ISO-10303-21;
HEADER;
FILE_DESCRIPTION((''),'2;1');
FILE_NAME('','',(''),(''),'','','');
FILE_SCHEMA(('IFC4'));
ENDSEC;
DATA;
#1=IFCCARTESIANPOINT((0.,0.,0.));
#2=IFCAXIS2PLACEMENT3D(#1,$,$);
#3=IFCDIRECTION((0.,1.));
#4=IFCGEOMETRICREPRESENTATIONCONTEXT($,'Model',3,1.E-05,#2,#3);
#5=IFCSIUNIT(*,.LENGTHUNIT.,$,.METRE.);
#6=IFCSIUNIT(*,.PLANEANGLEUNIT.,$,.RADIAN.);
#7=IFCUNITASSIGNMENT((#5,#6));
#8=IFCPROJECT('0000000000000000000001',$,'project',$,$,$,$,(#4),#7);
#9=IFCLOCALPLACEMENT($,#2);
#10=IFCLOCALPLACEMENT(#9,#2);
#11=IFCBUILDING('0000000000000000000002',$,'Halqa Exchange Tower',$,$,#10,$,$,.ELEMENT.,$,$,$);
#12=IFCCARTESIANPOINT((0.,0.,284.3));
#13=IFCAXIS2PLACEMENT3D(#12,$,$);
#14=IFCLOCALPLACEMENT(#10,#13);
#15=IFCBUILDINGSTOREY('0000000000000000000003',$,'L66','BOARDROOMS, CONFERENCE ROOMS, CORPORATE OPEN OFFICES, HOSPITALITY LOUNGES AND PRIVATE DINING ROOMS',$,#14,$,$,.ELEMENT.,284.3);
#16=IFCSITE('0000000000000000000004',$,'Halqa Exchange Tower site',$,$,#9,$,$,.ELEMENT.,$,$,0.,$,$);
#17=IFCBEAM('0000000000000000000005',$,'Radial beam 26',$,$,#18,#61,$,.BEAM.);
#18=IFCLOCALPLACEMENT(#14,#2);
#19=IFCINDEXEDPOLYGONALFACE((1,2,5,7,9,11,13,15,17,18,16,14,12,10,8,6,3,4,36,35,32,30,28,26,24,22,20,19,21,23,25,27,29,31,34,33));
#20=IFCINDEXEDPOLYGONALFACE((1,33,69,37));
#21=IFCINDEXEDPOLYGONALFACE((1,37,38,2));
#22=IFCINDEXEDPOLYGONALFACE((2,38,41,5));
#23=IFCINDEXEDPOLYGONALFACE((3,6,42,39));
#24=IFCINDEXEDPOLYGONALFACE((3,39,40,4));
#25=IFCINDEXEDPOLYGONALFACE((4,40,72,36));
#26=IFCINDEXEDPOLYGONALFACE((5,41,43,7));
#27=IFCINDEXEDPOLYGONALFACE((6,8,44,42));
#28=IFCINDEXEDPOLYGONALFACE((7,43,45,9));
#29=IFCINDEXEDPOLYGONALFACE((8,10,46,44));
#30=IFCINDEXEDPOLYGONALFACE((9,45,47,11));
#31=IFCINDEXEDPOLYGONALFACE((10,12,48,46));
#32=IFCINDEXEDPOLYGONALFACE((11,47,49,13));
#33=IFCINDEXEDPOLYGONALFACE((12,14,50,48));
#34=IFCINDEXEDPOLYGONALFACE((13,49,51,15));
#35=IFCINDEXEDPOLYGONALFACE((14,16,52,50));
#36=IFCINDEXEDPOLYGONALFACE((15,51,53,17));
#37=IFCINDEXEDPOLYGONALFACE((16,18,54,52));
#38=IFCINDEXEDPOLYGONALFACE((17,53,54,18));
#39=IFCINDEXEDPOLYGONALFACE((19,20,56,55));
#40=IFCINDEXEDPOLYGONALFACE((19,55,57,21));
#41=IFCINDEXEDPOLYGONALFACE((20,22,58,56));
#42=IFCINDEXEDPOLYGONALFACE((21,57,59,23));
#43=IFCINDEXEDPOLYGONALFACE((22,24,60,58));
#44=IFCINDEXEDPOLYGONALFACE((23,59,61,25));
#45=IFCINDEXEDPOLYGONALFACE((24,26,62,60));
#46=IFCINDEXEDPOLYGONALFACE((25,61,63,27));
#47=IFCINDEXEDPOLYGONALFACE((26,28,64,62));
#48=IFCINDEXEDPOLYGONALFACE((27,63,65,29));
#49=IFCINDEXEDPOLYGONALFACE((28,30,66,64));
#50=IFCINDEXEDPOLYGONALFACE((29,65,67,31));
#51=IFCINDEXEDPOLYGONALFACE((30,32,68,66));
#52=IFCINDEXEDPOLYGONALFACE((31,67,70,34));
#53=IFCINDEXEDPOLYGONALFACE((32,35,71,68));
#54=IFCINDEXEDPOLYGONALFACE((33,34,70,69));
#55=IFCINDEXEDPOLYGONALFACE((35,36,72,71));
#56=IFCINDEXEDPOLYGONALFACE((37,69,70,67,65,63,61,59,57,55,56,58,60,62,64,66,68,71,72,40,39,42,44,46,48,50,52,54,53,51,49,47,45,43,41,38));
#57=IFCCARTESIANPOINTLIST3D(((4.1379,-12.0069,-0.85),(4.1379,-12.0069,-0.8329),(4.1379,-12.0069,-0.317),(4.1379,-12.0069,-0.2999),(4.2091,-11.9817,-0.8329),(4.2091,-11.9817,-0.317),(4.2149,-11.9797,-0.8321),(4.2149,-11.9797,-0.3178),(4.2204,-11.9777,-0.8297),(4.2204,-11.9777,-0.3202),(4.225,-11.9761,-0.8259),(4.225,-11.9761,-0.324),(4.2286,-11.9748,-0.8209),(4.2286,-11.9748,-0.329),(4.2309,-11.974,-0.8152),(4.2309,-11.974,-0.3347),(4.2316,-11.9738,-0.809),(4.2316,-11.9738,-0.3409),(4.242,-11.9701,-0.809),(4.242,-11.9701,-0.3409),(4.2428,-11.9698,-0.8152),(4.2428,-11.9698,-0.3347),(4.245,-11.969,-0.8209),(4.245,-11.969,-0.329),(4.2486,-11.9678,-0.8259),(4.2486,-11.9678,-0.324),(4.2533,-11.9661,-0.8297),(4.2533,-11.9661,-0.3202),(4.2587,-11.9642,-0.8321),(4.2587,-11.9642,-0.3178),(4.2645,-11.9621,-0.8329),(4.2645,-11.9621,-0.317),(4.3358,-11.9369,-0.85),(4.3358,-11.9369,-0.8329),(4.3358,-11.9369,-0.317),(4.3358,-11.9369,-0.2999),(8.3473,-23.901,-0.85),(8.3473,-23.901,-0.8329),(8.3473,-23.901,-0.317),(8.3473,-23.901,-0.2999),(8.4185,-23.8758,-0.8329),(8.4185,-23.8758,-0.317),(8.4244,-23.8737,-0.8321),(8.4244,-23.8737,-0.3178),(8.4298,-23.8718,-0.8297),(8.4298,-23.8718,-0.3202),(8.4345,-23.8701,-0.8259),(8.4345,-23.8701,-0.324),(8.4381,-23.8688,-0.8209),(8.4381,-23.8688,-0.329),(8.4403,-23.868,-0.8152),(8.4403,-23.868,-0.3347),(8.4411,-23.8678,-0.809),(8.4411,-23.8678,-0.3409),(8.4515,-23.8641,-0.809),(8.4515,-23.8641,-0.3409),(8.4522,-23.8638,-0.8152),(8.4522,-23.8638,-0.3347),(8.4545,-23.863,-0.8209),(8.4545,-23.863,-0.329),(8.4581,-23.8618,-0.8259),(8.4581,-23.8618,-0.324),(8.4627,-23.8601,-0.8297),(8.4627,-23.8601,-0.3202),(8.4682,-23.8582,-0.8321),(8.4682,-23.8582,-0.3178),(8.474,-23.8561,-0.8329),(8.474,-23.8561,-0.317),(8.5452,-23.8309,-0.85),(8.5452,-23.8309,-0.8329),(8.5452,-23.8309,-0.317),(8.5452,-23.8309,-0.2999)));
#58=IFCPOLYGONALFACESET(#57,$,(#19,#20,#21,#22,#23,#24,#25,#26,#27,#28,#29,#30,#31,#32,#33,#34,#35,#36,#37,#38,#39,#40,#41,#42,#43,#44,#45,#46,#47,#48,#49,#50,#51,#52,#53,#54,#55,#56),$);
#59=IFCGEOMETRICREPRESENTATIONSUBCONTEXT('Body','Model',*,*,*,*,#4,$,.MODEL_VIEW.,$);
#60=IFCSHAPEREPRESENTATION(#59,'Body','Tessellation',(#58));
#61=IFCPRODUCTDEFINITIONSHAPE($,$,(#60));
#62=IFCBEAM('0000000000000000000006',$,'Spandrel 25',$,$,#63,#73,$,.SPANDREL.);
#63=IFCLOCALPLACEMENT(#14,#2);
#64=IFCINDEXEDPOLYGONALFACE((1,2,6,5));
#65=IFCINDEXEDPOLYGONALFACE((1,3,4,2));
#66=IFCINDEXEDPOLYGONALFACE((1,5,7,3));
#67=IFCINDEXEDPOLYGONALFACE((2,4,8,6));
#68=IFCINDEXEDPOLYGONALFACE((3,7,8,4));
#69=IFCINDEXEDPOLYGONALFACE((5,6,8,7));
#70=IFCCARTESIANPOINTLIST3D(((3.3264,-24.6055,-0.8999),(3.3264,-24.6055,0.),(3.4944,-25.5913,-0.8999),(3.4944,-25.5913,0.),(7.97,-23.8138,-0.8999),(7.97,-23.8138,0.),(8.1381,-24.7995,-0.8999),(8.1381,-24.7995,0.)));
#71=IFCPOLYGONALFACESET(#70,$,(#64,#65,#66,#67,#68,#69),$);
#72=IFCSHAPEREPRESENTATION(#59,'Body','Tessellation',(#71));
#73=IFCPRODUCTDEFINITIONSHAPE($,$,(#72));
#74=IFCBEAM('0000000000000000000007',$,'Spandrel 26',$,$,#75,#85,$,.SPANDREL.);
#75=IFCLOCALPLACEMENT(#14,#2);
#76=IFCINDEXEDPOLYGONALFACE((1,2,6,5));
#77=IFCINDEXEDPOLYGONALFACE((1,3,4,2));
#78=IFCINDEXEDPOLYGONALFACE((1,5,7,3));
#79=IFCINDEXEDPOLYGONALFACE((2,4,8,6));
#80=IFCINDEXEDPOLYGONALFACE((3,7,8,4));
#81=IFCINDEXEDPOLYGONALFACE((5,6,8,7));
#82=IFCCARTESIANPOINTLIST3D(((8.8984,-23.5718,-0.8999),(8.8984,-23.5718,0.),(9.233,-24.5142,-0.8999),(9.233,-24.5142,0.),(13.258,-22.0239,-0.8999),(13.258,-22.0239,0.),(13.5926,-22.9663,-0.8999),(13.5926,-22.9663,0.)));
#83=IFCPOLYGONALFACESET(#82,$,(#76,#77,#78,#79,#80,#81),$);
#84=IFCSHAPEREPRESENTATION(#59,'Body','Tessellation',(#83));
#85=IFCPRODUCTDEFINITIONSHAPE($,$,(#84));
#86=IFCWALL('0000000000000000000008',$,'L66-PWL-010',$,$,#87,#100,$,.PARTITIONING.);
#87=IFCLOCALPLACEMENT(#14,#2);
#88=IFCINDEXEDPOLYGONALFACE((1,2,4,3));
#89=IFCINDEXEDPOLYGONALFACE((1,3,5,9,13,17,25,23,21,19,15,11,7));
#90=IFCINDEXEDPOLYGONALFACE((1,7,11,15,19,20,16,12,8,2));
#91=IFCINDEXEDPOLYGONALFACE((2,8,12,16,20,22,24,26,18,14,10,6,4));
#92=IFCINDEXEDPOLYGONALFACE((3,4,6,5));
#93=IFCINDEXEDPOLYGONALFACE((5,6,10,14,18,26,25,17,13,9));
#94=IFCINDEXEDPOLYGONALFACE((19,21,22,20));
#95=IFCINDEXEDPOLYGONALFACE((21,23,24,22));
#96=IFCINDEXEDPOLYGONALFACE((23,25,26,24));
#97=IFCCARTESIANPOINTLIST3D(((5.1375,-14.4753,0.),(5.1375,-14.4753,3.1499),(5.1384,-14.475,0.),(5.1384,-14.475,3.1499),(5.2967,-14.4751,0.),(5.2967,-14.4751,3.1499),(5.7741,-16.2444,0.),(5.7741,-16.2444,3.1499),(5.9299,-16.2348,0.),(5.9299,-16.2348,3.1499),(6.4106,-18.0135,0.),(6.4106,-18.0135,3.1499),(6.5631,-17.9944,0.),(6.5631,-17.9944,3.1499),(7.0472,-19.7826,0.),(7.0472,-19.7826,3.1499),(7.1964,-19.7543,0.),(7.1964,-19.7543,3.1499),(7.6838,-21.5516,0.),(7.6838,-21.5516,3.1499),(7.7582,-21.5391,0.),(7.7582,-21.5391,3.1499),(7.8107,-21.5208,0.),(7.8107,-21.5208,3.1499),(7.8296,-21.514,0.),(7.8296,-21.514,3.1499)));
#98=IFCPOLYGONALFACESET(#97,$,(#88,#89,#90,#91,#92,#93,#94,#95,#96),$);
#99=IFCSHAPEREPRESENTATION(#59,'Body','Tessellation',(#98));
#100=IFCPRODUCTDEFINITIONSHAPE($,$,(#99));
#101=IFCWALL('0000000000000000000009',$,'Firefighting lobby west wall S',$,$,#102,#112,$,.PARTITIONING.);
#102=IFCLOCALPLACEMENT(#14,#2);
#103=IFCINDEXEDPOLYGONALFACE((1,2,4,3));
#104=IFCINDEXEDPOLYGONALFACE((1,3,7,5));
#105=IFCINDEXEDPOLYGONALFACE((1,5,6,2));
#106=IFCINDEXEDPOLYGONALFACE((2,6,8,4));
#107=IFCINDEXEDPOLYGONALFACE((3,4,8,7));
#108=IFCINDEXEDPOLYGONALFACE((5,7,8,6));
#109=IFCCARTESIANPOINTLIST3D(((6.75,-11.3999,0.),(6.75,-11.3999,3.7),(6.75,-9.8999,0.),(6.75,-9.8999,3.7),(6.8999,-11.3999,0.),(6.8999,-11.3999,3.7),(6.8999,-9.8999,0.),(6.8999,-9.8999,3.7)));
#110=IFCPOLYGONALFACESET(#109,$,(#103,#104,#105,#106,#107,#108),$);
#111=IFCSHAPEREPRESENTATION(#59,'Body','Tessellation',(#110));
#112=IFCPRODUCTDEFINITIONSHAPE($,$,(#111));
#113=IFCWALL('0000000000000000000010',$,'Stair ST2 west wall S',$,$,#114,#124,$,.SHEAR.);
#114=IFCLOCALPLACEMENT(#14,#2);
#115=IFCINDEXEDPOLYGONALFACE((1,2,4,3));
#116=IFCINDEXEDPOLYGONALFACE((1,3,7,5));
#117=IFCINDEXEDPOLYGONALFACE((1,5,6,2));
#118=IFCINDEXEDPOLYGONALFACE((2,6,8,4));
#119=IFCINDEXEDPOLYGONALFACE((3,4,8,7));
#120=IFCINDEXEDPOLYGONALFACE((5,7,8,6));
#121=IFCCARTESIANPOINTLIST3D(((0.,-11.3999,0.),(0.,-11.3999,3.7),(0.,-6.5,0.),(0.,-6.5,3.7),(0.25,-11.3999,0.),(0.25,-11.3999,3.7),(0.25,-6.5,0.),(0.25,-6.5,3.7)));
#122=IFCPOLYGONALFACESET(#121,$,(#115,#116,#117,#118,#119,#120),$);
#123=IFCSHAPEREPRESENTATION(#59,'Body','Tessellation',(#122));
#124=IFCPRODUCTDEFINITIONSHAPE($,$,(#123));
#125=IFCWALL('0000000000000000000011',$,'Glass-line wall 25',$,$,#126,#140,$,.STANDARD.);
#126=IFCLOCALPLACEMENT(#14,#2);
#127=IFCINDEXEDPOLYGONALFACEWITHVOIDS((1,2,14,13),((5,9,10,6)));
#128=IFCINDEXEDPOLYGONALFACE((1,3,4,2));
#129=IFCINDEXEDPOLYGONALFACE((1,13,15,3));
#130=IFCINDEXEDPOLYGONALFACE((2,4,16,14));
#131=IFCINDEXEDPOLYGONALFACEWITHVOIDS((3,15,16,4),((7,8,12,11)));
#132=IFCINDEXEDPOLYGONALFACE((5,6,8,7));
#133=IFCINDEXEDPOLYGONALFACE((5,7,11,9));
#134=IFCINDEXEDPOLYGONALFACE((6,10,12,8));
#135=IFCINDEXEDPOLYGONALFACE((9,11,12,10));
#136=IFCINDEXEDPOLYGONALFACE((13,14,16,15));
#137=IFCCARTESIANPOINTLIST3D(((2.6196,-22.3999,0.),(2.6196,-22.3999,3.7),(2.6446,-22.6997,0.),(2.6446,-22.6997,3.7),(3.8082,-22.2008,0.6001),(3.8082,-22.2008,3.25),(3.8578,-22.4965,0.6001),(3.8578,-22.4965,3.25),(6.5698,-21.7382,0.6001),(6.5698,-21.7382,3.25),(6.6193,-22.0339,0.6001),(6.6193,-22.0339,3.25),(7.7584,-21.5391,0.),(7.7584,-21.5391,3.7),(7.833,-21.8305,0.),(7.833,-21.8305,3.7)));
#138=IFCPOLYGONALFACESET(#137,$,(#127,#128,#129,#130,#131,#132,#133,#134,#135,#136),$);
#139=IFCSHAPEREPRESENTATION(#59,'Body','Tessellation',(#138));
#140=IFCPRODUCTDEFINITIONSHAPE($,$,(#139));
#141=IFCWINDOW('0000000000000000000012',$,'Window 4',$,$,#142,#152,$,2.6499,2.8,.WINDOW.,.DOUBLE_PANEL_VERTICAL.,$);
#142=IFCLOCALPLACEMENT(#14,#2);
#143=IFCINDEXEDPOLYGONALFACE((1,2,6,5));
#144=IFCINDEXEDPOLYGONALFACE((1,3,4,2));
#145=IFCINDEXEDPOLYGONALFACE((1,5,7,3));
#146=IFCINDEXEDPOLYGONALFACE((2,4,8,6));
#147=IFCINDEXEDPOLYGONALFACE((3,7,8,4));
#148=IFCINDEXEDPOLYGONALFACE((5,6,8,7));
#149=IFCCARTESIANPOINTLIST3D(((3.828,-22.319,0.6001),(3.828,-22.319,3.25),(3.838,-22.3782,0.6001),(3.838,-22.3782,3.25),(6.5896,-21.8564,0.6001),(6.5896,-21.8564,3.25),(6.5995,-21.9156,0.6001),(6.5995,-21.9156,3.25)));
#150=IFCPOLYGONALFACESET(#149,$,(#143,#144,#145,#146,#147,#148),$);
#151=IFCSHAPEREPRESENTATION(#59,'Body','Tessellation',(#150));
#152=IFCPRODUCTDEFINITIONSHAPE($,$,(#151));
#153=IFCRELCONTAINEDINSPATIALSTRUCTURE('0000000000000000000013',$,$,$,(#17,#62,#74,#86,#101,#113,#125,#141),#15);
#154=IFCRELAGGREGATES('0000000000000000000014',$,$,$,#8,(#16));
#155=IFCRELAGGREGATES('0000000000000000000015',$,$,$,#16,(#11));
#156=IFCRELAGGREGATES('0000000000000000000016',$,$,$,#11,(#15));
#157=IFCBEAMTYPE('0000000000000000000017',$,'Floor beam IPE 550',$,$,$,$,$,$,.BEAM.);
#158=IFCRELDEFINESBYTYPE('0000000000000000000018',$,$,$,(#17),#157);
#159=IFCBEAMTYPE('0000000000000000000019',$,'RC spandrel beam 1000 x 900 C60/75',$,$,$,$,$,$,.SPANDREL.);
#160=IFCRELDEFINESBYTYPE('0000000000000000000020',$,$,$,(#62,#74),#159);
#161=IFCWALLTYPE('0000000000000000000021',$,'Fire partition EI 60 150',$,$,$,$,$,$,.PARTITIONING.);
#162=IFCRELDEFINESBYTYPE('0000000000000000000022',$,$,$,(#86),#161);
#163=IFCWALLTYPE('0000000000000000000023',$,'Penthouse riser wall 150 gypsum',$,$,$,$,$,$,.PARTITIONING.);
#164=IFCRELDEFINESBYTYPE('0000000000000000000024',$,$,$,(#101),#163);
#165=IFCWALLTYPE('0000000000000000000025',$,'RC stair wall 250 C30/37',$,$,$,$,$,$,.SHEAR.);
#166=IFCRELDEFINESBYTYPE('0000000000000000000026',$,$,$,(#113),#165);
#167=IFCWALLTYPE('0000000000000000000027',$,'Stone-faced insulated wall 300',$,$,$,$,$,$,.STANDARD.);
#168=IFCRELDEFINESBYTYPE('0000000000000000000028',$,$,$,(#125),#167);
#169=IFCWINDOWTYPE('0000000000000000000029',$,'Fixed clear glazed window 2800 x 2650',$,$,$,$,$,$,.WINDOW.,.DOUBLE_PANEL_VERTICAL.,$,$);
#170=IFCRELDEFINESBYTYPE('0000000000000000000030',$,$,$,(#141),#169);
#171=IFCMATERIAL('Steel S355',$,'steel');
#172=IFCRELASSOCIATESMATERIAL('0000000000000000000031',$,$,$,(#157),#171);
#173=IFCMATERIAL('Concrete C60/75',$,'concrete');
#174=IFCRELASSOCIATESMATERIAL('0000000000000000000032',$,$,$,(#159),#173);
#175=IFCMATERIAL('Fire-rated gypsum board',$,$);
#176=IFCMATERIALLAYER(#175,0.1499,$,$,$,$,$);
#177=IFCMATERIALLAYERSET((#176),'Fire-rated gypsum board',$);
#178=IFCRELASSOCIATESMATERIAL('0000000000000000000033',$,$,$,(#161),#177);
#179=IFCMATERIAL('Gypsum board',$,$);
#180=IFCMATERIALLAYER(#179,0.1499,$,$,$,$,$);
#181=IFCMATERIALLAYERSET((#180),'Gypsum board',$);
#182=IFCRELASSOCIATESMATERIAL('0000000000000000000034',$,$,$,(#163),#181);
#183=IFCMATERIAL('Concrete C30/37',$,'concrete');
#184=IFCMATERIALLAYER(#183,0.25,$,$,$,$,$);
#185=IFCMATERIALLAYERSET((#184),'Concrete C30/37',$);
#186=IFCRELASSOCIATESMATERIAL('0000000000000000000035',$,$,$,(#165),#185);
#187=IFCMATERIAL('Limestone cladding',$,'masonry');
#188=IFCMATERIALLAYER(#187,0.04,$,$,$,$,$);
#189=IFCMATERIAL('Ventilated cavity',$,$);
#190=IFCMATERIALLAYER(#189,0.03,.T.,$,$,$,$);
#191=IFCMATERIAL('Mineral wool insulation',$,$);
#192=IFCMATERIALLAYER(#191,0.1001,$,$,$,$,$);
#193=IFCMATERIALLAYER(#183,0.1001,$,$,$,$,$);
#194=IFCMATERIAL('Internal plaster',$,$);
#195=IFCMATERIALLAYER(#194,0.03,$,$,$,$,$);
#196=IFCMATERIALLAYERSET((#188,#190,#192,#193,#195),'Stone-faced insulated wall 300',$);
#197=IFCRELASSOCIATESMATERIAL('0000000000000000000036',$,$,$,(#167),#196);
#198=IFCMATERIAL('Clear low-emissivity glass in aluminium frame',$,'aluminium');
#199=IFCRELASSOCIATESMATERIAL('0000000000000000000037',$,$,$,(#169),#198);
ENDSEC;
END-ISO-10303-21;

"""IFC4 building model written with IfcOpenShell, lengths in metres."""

from ifc_helpers import new_model, si_unit, direction, frame, frame_2d, origin, origin_2d, place, context, subcontext, project, spatial, polyline, rectangle, i_section, outline, extrude, material, layer, layer_set, material_profile, profile_set, type_object, element, fill, save


model = new_model("IFC4")

# Units and contexts
model_context = context("Model", 3, precision=1e-05, world=origin(), true_north=direction((0.0, 1.0)))
body_context = subcontext(model_context, "Body", "Model", "MODEL_VIEW")
ifc_project = project(units=[si_unit("LENGTHUNIT", "METRE"), si_unit("PLANEANGLEUNIT", "RADIAN")], contexts=[model_context])

# Site, building, storey
site_placement = place(None, origin())
site = spatial("IfcSite", under=ifc_project, at=site_placement, Name="Halqa Exchange Tower site", CompositionType="ELEMENT", RefElevation=0.0)
building_placement = place(site_placement, origin())
building = spatial("IfcBuilding", under=site, at=building_placement, Name="Halqa Exchange Tower", CompositionType="ELEMENT")
storey_placement = place(building_placement, frame((0.0, 0.0, 284.3)))
storey = spatial("IfcBuildingStorey", under=building, at=storey_placement, Name="L66", Description="BOARDROOMS, CONFERENCE ROOMS, CORPORATE OPEN OFFICES, HOSPITALITY LOUNGES AND PRIVATE DINING ROOMS", CompositionType="ELEMENT", Elevation=284.3)

# Shared definitions
ifc_material_1 = material(Name="Concrete C60/75", Category="concrete")

# Beams
ifc_material_2 = material(Name="Steel S355", Category="steel")
ifc_material_profile_1 = material_profile(ifc_material_2, i_section(OverallWidth=0.21, OverallDepth=0.55, WebThickness=0.011, FlangeThickness=0.0171, FilletRadius=0.0239, at=origin_2d()), Name="IPE 550")
ifc_profile_set_1 = profile_set([ifc_material_profile_1], Name="Steel S355")
beam_type_1 = type_object("IfcBeamType", Name="Floor beam IPE 550", PredefinedType="BEAM", material=ifc_profile_set_1)
beam_1_placement = place(storey_placement, frame((4.2368, -11.9719, -0.575), z_axis=(0.333636, -0.942702, 0.0), x_axis=(0.942702, 0.333636, 0.0)))
element("IfcBeam", 1, at=beam_1_placement, inside=storey, type_object=beam_type_1, Name="Radial beam 26", PredefinedType="BEAM", context=body_context, shape_type="SweptSolid", body=[
    extrude(i_section(OverallWidth=0.21, OverallDepth=0.55, WebThickness=0.011, FlangeThickness=0.0171, FilletRadius=0.0239, at=origin_2d()), origin(), (0.0, 0.0, 1.0), 12.6169),
])
ifc_material_profile_2 = material_profile(ifc_material_1, rectangle(XDim=1.0, YDim=0.8999, at=origin_2d()), Name="1000 x 900")
ifc_profile_set_2 = profile_set([ifc_material_profile_2], Name="Concrete C60/75")
beam_type_2 = type_object("IfcBeamType", Name="RC spandrel beam 1000 x 900 C60/75", PredefinedType="SPANDREL", material=ifc_profile_set_2)
beam_2_placement = place(storey_placement, frame((3.4104, -25.0984, -0.45), z_axis=(0.985775, 0.16807, 0.0), x_axis=(-0.16807, 0.985775, 0.0)))
element("IfcBeam", 2, at=beam_2_placement, inside=storey, type_object=beam_type_2, Name="Spandrel 25", PredefinedType="SPANDREL", context=body_context, shape_type="SweptSolid", body=[
    extrude(rectangle(XDim=1.0, YDim=0.8999, at=origin_2d()), origin(), (0.0, 0.0, 1.0), 4.7107),
])
beam_3_placement = place(storey_placement, frame((9.0657, -24.043, -0.45), z_axis=(0.942367, 0.334581, 0.0), x_axis=(-0.334581, 0.942367, 0.0)))
element("IfcBeam", 3, at=beam_3_placement, inside=storey, type_object=beam_type_2, Name="Spandrel 26", PredefinedType="SPANDREL", context=body_context, shape_type="SweptSolid", body=[
    extrude(rectangle(XDim=1.0, YDim=0.8999, at=origin_2d()), origin(), (0.0, 0.0, 1.0), 4.6262),
])

# Walls
ifc_material_3 = material(Name="Fire-rated gypsum board")
ifc_layer_1 = layer(ifc_material_3, 0.1499)
ifc_layer_set_1 = layer_set([ifc_layer_1], Name="Fire-rated gypsum board")
wall_type_1 = type_object("IfcWallType", Name="Fire partition EI 60 150", PredefinedType="PARTITIONING", material=ifc_layer_set_1)
wall_1_placement = place(storey_placement, frame((5.208, -14.45, 0.0), z_axis=(0.0, 0.0, 1.0), x_axis=(0.338585, -0.940936, 0.0)))
element("IfcWall", 4, at=wall_1_placement, inside=storey, type_object=wall_type_1, Name="L66-PWL-010", PredefinedType="PARTITIONING", context=body_context, shape_type="SweptSolid", body=[
    extrude(outline(polyline([(0.0, -0.075), (1.8801, -0.075), (3.7603, -0.075), (5.6404, -0.075), (7.5205, -0.075), (7.5339, -0.0007), (7.5344, 0.0549), (7.5344, 0.075), (5.6643, 0.075), (3.7939, 0.075), (1.9238, 0.075), (0.0537, 0.075), (0.0, -0.074), (0.0, -0.075)])), origin(), (0.0, 0.0, 1.0), 3.1499),
])
ifc_material_4 = material(Name="Gypsum board")
ifc_layer_2 = layer(ifc_material_4, 0.1499)
ifc_layer_set_2 = layer_set([ifc_layer_2], Name="Gypsum board")
wall_type_2 = type_object("IfcWallType", Name="Penthouse riser wall 150 gypsum", PredefinedType="PARTITIONING", material=ifc_layer_set_2)
wall_2_placement = place(storey_placement, frame((6.825, -11.3999, 0.0), z_axis=(0.0, 0.0, 1.0), x_axis=(0.0, 1.0, 0.0)))
element("IfcWall", 5, at=wall_2_placement, inside=storey, type_object=wall_type_2, Name="Firefighting lobby west wall S", PredefinedType="PARTITIONING", context=body_context, shape_type="SweptSolid", body=[
    extrude(rectangle(XDim=1.5, YDim=0.1499, at=frame_2d((0.75, 0.0))), origin(), (0.0, 0.0, 1.0), 3.7),
])
ifc_material_5 = material(Name="Concrete C30/37", Category="concrete")
ifc_layer_3 = layer(ifc_material_5, 0.25)
ifc_layer_set_3 = layer_set([ifc_layer_3], Name="Concrete C30/37")
wall_type_3 = type_object("IfcWallType", Name="RC stair wall 250 C30/37", PredefinedType="SHEAR", material=ifc_layer_set_3)
wall_3_placement = place(storey_placement, frame((0.125, -11.3999, 0.0), z_axis=(0.0, 0.0, 1.0), x_axis=(0.0, 1.0, 0.0)))
element("IfcWall", 6, at=wall_3_placement, inside=storey, type_object=wall_type_3, Name="Stair ST2 west wall S", PredefinedType="SHEAR", context=body_context, shape_type="SweptSolid", body=[
    extrude(rectangle(XDim=4.8999, YDim=0.25, at=frame_2d((2.45, 0.0))), origin(), (0.0, 0.0, 1.0), 3.7),
])

# Wall, opening, window
ifc_material_6 = material(Name="Limestone cladding", Category="masonry")
ifc_layer_4 = layer(ifc_material_6, 0.04)
ifc_material_7 = material(Name="Ventilated cavity")
ifc_layer_5 = layer(ifc_material_7, 0.03, ventilated=True)
ifc_material_8 = material(Name="Mineral wool insulation")
ifc_layer_6 = layer(ifc_material_8, 0.1001)
ifc_layer_7 = layer(ifc_material_5, 0.1001)
ifc_material_9 = material(Name="Internal plaster")
ifc_layer_8 = layer(ifc_material_9, 0.03)
ifc_layer_set_4 = layer_set([ifc_layer_4, ifc_layer_5, ifc_layer_6, ifc_layer_7, ifc_layer_8], Name="Stone-faced insulated wall 300")
wall_type_4 = type_object("IfcWallType", Name="Stone-faced insulated wall 300", PredefinedType="STANDARD", material=ifc_layer_set_4)
wall_4_placement = place(storey_placement, frame((2.6321, -22.5498, 0.0), z_axis=(0.0, 0.0, 1.0), x_axis=(0.986257, 0.165216, 0.0)))
wall_4 = element("IfcWall", 7, at=wall_4_placement, inside=storey, type_object=wall_type_4, Name="Glass-line wall 25", PredefinedType="STANDARD", context=body_context, shape_type="SweptSolid", body=[
    extrude(outline(polyline([(-0.0125, -0.1499), (5.2483, -0.1499), (5.2229, 0.1499), (0.0125, 0.1499), (-0.0125, -0.1499)])), origin(), (0.0, 0.0, 1.0), 3.7),
])
opening_1_placement = place(wall_4_placement, frame((1.2178, 0.0, 0.6001)))
opening_1 = element("IfcOpeningElement", 8, at=opening_1_placement, cuts=wall_4, PredefinedType="OPENING", context=body_context, shape_type="SweptSolid", body=[
    extrude(rectangle(XDim=2.8, YDim=2.6499, at=frame_2d((1.3999, 1.325))), frame((0.0, 0.1621, 0.0), z_axis=(0.0, -1.0, 0.0), x_axis=(1.0, 0.0, 0.0)), (0.0, 0.0, 1.0), 0.324),
])
ifc_material_10 = material(Name="Clear low-emissivity glass in aluminium frame", Category="aluminium")
window_type = type_object("IfcWindowType", Name="Fixed clear glazed window 2800 x 2650", PartitioningType="DOUBLE_PANEL_VERTICAL", PredefinedType="WINDOW", material=ifc_material_10)
window_1_placement = place(opening_1_placement, origin())
window_1 = element("IfcWindow", 9, at=window_1_placement, inside=storey, type_object=window_type, Name="Window 4", OverallHeight=2.6499, OverallWidth=2.8, PartitioningType="DOUBLE_PANEL_VERTICAL", PredefinedType="WINDOW", context=body_context, shape_type="SweptSolid", body=[
    extrude(rectangle(XDim=2.8, YDim=2.6499, at=frame_2d((1.3999, 1.325))), frame((0.0, 0.03, 0.0), z_axis=(0.0, -1.0, 0.0), x_axis=(1.0, 0.0, 0.0)), (0.0, 0.0, 1.0), 0.0601),
])
fill(opening_1, window_1)

save(model, "model.ifc")
